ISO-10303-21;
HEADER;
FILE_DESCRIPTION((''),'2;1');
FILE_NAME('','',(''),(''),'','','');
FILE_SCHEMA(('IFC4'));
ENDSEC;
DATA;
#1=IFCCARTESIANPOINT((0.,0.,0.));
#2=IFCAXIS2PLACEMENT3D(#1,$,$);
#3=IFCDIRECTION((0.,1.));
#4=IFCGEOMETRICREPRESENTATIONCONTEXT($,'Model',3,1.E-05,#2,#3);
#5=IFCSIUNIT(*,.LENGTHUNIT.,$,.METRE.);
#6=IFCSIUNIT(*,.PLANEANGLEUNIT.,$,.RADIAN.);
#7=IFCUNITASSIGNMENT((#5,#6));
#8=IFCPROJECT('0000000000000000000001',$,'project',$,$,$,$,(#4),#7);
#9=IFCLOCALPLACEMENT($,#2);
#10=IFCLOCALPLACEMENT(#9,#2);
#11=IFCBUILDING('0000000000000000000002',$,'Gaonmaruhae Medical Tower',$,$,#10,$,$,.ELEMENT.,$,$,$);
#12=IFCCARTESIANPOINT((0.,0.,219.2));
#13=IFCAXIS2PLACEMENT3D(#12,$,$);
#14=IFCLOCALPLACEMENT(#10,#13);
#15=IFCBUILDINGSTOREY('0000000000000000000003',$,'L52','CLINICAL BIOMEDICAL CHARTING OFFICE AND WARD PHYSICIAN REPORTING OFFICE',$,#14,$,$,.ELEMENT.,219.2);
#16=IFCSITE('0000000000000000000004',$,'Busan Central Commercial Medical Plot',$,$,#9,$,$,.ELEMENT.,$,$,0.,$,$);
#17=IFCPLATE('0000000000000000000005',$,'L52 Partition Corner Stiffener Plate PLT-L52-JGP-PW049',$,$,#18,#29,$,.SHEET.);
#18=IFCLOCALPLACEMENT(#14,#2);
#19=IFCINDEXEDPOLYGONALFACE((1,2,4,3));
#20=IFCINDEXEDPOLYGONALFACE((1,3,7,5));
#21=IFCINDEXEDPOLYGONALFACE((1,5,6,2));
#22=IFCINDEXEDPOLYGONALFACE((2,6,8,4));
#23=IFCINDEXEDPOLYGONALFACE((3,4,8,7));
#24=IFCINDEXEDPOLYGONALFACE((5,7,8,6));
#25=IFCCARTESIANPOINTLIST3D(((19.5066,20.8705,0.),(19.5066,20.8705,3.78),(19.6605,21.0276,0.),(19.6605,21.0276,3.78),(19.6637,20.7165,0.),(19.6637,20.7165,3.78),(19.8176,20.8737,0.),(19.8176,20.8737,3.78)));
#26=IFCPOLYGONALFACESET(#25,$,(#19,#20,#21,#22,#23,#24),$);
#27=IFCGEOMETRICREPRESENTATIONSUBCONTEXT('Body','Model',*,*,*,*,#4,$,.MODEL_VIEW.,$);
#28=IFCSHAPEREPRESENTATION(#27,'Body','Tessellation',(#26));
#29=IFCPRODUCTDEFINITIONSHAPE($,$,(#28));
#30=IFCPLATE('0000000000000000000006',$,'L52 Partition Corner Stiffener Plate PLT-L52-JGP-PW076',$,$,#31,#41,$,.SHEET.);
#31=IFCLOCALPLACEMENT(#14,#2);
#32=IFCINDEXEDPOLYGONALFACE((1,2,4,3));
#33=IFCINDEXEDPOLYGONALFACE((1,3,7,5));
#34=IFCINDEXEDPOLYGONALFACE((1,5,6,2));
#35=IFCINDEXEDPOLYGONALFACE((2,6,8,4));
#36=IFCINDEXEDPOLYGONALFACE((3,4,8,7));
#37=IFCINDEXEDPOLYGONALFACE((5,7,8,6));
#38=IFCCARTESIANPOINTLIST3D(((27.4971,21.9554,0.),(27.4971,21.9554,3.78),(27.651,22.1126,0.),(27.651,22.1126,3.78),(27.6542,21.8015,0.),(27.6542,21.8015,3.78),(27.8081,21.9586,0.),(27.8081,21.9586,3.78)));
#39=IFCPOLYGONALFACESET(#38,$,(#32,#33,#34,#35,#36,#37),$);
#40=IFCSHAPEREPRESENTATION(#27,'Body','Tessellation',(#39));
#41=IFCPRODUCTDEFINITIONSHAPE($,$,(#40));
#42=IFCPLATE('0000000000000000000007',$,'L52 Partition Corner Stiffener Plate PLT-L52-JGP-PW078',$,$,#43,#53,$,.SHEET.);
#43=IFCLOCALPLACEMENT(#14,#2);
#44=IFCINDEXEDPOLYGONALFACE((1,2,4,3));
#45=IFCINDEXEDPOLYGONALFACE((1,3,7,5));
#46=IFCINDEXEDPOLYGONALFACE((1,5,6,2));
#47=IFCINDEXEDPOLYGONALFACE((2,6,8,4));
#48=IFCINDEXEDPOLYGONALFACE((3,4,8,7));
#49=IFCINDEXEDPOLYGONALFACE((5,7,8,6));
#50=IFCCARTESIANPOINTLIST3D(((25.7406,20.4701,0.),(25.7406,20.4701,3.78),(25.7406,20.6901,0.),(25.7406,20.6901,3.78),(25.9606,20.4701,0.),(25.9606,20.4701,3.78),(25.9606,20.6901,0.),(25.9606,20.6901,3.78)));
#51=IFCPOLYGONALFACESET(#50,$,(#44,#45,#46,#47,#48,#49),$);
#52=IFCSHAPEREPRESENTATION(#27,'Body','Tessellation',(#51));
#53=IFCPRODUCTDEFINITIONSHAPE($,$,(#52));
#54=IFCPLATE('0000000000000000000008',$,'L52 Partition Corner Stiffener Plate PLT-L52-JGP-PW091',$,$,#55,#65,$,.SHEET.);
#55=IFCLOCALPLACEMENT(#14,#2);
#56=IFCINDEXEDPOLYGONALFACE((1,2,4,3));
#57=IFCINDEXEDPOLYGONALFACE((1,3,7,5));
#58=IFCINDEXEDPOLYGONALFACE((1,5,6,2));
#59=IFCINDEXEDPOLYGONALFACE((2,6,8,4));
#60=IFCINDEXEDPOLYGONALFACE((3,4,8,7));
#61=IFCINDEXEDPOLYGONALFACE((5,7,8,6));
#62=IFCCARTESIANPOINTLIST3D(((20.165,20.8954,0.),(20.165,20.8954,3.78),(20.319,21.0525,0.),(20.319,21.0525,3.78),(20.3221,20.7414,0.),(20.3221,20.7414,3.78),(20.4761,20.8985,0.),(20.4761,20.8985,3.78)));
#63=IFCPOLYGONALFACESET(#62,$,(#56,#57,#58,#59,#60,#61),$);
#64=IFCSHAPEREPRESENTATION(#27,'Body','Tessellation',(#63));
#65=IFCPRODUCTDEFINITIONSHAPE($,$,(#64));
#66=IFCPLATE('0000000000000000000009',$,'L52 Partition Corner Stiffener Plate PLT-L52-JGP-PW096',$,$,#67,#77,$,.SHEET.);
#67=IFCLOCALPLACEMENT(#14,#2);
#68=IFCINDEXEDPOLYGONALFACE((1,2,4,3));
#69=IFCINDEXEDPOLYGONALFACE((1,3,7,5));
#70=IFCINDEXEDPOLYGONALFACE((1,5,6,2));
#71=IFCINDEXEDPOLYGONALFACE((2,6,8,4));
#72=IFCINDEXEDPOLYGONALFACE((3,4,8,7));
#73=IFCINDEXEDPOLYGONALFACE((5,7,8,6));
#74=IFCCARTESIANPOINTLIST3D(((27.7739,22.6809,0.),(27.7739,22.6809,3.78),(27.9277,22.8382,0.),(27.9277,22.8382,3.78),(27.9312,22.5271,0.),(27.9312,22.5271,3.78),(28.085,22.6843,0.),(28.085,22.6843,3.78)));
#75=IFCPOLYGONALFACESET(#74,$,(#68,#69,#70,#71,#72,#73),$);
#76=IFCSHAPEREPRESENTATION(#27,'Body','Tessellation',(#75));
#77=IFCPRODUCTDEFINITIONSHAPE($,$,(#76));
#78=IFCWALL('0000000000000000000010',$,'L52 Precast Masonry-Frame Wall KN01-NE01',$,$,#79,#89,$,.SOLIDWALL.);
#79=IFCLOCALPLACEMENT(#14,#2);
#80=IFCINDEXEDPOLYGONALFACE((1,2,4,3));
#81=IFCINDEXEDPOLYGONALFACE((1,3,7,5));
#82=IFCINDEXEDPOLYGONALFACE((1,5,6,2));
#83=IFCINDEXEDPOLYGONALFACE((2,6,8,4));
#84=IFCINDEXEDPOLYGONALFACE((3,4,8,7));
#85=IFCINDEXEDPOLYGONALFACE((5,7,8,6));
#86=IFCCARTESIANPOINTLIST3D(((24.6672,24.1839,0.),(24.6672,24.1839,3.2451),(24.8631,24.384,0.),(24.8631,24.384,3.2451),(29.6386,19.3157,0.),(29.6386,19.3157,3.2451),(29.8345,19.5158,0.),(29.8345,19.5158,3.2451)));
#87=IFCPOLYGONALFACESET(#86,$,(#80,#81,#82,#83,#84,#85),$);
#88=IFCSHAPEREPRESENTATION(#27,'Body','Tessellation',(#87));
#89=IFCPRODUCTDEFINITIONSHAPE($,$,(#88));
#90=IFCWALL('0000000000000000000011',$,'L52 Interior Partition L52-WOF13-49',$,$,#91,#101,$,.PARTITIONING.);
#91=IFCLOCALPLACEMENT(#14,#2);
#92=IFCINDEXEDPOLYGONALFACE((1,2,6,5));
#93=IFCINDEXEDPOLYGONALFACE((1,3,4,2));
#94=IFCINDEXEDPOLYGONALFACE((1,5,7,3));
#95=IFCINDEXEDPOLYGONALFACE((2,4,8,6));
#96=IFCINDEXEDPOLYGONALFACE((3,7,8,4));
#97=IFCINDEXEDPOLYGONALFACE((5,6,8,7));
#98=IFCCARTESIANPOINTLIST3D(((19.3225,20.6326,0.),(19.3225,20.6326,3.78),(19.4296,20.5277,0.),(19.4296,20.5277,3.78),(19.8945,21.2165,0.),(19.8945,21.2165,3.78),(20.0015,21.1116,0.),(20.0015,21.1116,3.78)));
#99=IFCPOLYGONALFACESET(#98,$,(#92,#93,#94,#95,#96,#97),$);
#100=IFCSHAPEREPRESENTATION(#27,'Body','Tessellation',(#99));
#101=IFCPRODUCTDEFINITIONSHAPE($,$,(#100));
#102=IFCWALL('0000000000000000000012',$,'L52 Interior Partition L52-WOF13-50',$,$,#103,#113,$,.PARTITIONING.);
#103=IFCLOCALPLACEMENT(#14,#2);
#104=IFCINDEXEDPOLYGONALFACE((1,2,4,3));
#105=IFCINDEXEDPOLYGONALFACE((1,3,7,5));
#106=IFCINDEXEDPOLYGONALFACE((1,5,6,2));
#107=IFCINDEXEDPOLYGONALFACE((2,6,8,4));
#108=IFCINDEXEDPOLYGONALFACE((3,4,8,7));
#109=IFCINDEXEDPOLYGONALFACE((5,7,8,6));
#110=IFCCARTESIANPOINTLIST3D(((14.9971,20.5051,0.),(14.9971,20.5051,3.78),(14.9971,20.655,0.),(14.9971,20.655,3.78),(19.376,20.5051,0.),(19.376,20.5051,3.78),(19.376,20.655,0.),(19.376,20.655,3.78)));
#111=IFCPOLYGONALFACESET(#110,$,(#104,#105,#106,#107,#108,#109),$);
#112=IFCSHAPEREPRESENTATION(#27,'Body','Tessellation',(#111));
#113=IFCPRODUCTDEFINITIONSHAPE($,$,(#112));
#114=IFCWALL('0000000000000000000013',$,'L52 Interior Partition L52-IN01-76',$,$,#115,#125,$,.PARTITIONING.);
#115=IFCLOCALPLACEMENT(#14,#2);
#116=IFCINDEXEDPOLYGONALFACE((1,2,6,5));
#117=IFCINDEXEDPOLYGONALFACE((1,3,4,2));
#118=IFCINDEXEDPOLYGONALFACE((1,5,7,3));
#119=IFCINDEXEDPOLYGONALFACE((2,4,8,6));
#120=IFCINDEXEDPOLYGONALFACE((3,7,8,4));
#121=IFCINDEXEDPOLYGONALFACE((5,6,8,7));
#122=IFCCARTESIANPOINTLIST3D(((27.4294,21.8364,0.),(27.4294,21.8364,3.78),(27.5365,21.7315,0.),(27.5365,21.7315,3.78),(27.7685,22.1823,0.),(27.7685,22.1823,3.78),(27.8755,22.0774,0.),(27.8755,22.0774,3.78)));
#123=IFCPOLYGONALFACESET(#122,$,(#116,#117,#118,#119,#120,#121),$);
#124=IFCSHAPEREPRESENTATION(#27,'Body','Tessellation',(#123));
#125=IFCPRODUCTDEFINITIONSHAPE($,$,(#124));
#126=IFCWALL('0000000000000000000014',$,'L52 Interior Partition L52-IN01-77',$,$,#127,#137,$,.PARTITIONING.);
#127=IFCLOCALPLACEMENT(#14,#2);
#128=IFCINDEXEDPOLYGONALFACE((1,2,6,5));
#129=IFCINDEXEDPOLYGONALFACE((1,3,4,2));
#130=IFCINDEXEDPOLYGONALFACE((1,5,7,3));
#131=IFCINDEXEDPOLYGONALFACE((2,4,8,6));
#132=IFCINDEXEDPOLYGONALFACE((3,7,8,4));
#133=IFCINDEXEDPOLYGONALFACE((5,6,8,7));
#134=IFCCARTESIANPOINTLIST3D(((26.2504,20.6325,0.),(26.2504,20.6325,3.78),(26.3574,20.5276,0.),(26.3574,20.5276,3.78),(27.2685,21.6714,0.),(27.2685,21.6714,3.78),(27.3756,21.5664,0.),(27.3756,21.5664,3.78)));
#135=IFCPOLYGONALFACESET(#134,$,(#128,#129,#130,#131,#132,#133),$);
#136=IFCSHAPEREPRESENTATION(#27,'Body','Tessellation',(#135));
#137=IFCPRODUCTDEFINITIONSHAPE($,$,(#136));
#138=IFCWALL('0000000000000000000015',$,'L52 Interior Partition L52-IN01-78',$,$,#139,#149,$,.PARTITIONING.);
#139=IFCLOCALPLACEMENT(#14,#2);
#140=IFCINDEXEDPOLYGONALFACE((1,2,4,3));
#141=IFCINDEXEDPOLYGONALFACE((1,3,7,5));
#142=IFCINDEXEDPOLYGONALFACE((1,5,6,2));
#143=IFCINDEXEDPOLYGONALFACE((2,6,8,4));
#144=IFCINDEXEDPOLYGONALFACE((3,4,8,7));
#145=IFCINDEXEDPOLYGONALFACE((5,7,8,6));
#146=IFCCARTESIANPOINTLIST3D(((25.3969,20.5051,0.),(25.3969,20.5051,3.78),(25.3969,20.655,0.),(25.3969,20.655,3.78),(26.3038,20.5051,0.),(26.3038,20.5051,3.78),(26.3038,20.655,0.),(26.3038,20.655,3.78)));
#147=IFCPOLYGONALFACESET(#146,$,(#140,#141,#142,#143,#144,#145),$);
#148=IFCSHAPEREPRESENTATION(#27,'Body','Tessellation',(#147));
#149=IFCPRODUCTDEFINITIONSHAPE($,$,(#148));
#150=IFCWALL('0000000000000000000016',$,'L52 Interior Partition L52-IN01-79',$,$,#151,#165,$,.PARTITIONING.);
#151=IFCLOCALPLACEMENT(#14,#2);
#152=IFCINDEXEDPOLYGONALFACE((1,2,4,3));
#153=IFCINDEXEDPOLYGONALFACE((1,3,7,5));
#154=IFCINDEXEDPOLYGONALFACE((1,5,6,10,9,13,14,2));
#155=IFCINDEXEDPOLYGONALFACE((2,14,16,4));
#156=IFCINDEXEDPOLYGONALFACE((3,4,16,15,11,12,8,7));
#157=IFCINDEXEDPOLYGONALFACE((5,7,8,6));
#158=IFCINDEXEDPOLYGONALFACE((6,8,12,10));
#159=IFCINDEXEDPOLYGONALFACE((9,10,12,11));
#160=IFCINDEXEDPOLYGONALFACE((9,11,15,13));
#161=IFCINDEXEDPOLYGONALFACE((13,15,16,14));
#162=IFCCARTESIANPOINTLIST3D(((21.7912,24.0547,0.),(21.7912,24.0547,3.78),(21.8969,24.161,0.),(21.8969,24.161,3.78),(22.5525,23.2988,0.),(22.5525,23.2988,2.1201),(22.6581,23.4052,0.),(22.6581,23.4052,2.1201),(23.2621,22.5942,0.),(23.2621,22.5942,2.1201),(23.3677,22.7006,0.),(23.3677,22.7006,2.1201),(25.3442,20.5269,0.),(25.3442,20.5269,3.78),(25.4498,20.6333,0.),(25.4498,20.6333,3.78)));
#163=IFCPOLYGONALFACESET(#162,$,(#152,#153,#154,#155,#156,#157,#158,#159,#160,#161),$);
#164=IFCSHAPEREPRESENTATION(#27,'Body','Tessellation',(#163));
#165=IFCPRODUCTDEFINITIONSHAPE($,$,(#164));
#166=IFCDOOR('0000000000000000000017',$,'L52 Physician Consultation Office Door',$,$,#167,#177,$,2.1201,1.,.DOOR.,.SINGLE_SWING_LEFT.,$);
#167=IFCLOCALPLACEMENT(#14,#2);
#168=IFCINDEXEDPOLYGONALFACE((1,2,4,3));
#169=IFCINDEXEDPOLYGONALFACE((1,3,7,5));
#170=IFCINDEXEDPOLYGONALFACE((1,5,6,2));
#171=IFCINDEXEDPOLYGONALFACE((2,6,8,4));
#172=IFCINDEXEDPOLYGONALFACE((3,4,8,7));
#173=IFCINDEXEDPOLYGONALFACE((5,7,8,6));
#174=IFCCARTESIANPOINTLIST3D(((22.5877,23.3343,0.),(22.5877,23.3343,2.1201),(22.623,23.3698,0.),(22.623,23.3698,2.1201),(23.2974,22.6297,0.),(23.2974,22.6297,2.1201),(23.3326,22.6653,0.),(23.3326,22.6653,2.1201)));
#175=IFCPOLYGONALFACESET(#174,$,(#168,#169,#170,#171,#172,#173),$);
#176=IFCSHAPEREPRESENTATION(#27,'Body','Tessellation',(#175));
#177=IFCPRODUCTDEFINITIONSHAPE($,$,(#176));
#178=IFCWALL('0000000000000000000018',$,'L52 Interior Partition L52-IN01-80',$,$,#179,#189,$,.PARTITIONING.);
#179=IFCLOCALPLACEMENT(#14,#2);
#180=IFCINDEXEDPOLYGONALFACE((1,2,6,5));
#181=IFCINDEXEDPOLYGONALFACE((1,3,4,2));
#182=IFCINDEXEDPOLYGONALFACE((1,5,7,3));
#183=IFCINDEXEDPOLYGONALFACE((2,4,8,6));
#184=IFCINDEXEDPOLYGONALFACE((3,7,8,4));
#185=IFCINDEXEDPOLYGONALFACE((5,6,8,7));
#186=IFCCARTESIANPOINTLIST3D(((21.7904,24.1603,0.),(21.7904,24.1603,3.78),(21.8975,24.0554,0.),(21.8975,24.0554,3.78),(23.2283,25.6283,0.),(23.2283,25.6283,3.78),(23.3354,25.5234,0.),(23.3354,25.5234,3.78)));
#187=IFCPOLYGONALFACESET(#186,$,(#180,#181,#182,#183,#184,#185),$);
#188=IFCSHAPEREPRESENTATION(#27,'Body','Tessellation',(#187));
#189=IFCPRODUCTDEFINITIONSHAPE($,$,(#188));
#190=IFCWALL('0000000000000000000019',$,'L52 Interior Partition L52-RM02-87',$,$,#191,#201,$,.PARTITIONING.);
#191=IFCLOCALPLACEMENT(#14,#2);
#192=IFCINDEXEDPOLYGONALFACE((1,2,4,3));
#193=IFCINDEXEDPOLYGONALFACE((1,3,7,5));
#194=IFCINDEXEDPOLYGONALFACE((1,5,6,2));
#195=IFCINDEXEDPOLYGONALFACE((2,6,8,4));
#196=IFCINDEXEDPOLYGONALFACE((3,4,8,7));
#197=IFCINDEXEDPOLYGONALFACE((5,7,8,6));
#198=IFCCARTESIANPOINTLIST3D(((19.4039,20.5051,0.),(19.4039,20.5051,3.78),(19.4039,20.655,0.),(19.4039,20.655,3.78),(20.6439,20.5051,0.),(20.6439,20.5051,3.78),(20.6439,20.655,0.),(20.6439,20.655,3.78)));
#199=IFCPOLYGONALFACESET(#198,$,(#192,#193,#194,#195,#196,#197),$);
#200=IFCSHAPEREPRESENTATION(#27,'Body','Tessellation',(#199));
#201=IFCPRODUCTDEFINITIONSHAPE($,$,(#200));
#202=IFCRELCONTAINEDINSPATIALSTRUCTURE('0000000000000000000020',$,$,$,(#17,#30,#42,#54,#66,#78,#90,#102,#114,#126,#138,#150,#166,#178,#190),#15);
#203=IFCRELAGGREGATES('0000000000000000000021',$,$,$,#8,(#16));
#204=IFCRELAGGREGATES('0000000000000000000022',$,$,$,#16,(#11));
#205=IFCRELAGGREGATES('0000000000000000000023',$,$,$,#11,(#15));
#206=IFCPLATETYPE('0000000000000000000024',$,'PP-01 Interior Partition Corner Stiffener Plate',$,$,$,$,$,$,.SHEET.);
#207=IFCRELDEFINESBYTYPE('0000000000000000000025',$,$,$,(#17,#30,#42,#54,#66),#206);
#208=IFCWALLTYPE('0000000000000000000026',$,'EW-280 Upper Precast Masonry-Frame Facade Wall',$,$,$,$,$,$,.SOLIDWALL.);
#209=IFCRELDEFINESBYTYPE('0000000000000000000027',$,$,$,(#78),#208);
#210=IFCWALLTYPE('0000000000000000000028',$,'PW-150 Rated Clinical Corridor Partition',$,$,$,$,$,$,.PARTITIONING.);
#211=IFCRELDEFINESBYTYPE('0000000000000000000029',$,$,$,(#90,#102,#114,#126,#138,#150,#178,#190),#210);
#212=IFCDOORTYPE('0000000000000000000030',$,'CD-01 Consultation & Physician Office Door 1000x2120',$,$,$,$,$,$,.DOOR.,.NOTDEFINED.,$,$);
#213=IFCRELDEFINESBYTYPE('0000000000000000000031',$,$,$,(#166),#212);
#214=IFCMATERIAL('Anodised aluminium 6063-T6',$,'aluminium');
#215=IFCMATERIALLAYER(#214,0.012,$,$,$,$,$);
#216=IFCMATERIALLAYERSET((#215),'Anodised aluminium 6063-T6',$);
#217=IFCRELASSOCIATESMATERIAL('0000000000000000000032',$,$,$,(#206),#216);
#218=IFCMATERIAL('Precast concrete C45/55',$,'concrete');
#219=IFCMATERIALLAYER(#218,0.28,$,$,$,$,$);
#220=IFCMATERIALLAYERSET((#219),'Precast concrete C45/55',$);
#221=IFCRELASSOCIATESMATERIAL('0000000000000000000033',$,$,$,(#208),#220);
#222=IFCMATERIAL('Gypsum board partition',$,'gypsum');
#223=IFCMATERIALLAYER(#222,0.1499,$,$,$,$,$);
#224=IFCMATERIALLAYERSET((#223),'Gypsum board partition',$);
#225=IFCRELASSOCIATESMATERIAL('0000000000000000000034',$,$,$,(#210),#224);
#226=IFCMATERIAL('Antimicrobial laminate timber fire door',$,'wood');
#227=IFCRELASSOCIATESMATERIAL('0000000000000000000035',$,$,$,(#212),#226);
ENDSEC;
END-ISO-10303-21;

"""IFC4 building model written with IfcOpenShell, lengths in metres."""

from ifc_helpers import new_model, si_unit, direction, frame, frame_2d, origin, origin_2d, place, context, subcontext, project, spatial, rectangle, extrude, material, layer, layer_set, type_object, element, fill, save


model = new_model("IFC4")

# Units and contexts
model_context = context("Model", 3, precision=1e-05, world=origin(), true_north=direction((0.0, 1.0)))
body_context = subcontext(model_context, "Body", "Model", "MODEL_VIEW")
ifc_project = project(units=[si_unit("LENGTHUNIT", "METRE"), si_unit("PLANEANGLEUNIT", "RADIAN")], contexts=[model_context])

# Site, building, storey
site_placement = place(None, origin())
site = spatial("IfcSite", under=ifc_project, at=site_placement, Name="Busan Central Commercial Medical Plot", CompositionType="ELEMENT", RefElevation=0.0)
building_placement = place(site_placement, origin())
building = spatial("IfcBuilding", under=site, at=building_placement, Name="Gaonmaruhae Medical Tower", CompositionType="ELEMENT")
storey_placement = place(building_placement, frame((0.0, 0.0, 219.2)))
storey = spatial("IfcBuildingStorey", under=building, at=storey_placement, Name="L52", Description="CLINICAL BIOMEDICAL CHARTING OFFICE AND WARD PHYSICIAN REPORTING OFFICE", CompositionType="ELEMENT", Elevation=219.2)

# Plates
ifc_material_1 = material(Name="Anodised aluminium 6063-T6", Category="aluminium")
ifc_layer_1 = layer(ifc_material_1, 0.012)
ifc_layer_set_1 = layer_set([ifc_layer_1], Name="Anodised aluminium 6063-T6")
plate_type = type_object("IfcPlateType", Name="PP-01 Interior Partition Corner Stiffener Plate", PredefinedType="SHEET", material=ifc_layer_set_1)
for number, where, z_axis, x_axis, name in (
    (1, (19.6621, 20.8721, 0.0), (0.0, 0.0, 1.0), (-0.699726, -0.714412, 0.0), "L52 Partition Corner Stiffener Plate PLT-L52-JGP-PW049"),
    (2, (27.6526, 21.957, 0.0), (0.0, 0.0, 1.0), (-0.69985, -0.714289, 0.0), "L52 Partition Corner Stiffener Plate PLT-L52-JGP-PW076"),
    (3, (25.8506, 20.5801, 0.0), (0.0, 0.0, 1.0), (-1.0, 0.0, 0.0), "L52 Partition Corner Stiffener Plate PLT-L52-JGP-PW078"),
    (4, (20.3206, 20.897, 0.0), (0.0, 0.0, 1.0), (0.714241, -0.6999, 0.0), "L52 Partition Corner Stiffener Plate PLT-L52-JGP-PW091"),
    (5, (27.9294, 22.6826, 0.0), (0.0, 0.0, 1.0), (-0.699277, -0.714851, 0.0), "L52 Partition Corner Stiffener Plate PLT-L52-JGP-PW096"),
):
    element("IfcPlate", number, at=place(storey_placement, frame(where, z_axis=z_axis, x_axis=x_axis)), inside=storey, type_object=plate_type, Name=name, PredefinedType="SHEET", context=body_context, shape_type="SweptSolid", body=[
        extrude(rectangle(XDim=0.22, YDim=0.22, at=origin_2d()), origin(), (0.0, 0.0, 1.0), 3.78),
    ])

# Walls
ifc_material_2 = material(Name="Precast concrete C45/55", Category="concrete")
ifc_layer_2 = layer(ifc_material_2, 0.28)
ifc_layer_set_2 = layer_set([ifc_layer_2], Name="Precast concrete C45/55")
wall_type_1 = type_object("IfcWallType", Name="EW-280 Upper Precast Masonry-Frame Facade Wall", PredefinedType="SOLIDWALL", material=ifc_layer_set_2)
wall_1_placement = place(storey_placement, frame((24.7651, 24.2839, 0.0), z_axis=(0.0, 0.0, 1.0), x_axis=(0.714489, -0.699647, 0.0)))
element("IfcWall", 6, at=wall_1_placement, inside=storey, type_object=wall_type_1, Name="L52 Precast Masonry-Frame Wall KN01-NE01", PredefinedType="SOLIDWALL", context=body_context, shape_type="SweptSolid", body=[
    extrude(rectangle(XDim=6.958, YDim=0.28, at=frame_2d((3.479, 0.0))), origin(), (0.0, 0.0, 1.0), 3.2451),
])
ifc_material_3 = material(Name="Gypsum board partition", Category="gypsum")
ifc_layer_3 = layer(ifc_material_3, 0.1499)
ifc_layer_set_3 = layer_set([ifc_layer_3], Name="Gypsum board partition")
wall_type_2 = type_object("IfcWallType", Name="PW-150 Rated Clinical Corridor Partition", PredefinedType="PARTITIONING", material=ifc_layer_set_3)
wall_2_placement = place(storey_placement, frame((19.948, 21.1641, 0.0), z_axis=(0.0, 0.0, 1.0), x_axis=(-0.699752, -0.714386, 0.0)))
element("IfcWall", 7, at=wall_2_placement, inside=storey, type_object=wall_type_2, Name="L52 Interior Partition L52-WOF13-49", PredefinedType="PARTITIONING", context=body_context, shape_type="SweptSolid", body=[
    extrude(rectangle(XDim=0.8174, YDim=0.1499, at=frame_2d((0.4087, 0.0))), origin(), (0.0, 0.0, 1.0), 3.78),
])
wall_3_placement = place(storey_placement, frame((19.376, 20.5801, 0.0), z_axis=(0.0, 0.0, 1.0), x_axis=(-1.0, 0.0, 0.0)))
element("IfcWall", 8, at=wall_3_placement, inside=storey, type_object=wall_type_2, Name="L52 Interior Partition L52-WOF13-50", PredefinedType="PARTITIONING", context=body_context, shape_type="SweptSolid", body=[
    extrude(rectangle(XDim=4.3789, YDim=0.1499, at=frame_2d((2.1895, 0.0))), origin(), (0.0, 0.0, 1.0), 3.78),
])
wall_4_placement = place(storey_placement, frame((27.822, 22.1299, 0.0), z_axis=(0.0, 0.0, 1.0), x_axis=(-0.700016, -0.714127, 0.0)))
element("IfcWall", 9, at=wall_4_placement, inside=storey, type_object=wall_type_2, Name="L52 Interior Partition L52-IN01-76", PredefinedType="PARTITIONING", context=body_context, shape_type="SweptSolid", body=[
    extrude(rectangle(XDim=0.4844, YDim=0.1499, at=frame_2d((0.2422, 0.0))), origin(), (0.0, 0.0, 1.0), 3.78),
])
wall_5_placement = place(storey_placement, frame((27.322, 21.6189, 0.0), z_axis=(0.0, 0.0, 1.0), x_axis=(-0.699937, -0.714204, 0.0)))
element("IfcWall", 10, at=wall_5_placement, inside=storey, type_object=wall_type_2, Name="L52 Interior Partition L52-IN01-77", PredefinedType="PARTITIONING", context=body_context, shape_type="SweptSolid", body=[
    extrude(rectangle(XDim=1.4546, YDim=0.1499, at=frame_2d((0.7273, 0.0))), origin(), (0.0, 0.0, 1.0), 3.78),
])
wall_6_placement = place(storey_placement, frame((26.304, 20.5801, 0.0), z_axis=(0.0, 0.0, 1.0), x_axis=(-1.0, 0.0, 0.0)))
element("IfcWall", 11, at=wall_6_placement, inside=storey, type_object=wall_type_2, Name="L52 Interior Partition L52-IN01-78", PredefinedType="PARTITIONING", context=body_context, shape_type="SweptSolid", body=[
    extrude(rectangle(XDim=0.907, YDim=0.1499, at=frame_2d((0.4536, 0.0))), origin(), (0.0, 0.0, 1.0), 3.78),
])

# Wall, opening, door
wall_7_placement = place(storey_placement, frame((25.397, 20.5801, 0.0), z_axis=(0.0, 0.0, 1.0), x_axis=(-0.709613, 0.704591, 0.0)))
wall_7 = element("IfcWall", 12, at=wall_7_placement, inside=storey, type_object=wall_type_2, Name="L52 Interior Partition L52-IN01-79", PredefinedType="PARTITIONING", context=body_context, shape_type="SweptSolid", body=[
    extrude(rectangle(XDim=5.0068, YDim=0.1499, at=frame_2d((2.5034, 0.0))), origin(), (0.0, 0.0, 1.0), 3.78),
])
opening_placement = place(wall_7_placement, frame((2.9341, 0.0, 0.0)))
opening = element("IfcOpeningElement", 13, at=opening_placement, cuts=wall_7, PredefinedType="OPENING", context=body_context, shape_type="SweptSolid", body=[
    extrude(rectangle(XDim=1.0, YDim=2.1201, at=frame_2d((0.5, 1.0601))), frame((0.0, 0.085, 0.0), z_axis=(0.0, -1.0, 0.0), x_axis=(1.0, 0.0, 0.0)), (0.0, 0.0, 1.0), 0.1699),
])
ifc_material_4 = material(Name="Antimicrobial laminate timber fire door", Category="wood")
door_type = type_object("IfcDoorType", Name="CD-01 Consultation & Physician Office Door 1000x2120", OperationType="NOTDEFINED", PredefinedType="DOOR", material=ifc_material_4)
door_placement = place(opening_placement, origin())
door = element("IfcDoor", 14, at=door_placement, inside=storey, type_object=door_type, Name="L52 Physician Consultation Office Door", OperationType="SINGLE_SWING_LEFT", OverallHeight=2.1201, OverallWidth=1.0, PredefinedType="DOOR", context=body_context, shape_type="SweptSolid", body=[
    extrude(rectangle(XDim=1.0, YDim=2.1201, at=frame_2d((0.5, 1.0601))), frame((0.0, 0.0249, 0.0), z_axis=(0.0, -1.0, 0.0), x_axis=(1.0, 0.0, 0.0)), (0.0, 0.0, 1.0), 0.05),
])
fill(opening, door)

# Walls
wall_8_placement = place(storey_placement, frame((21.844, 24.1079, 0.0), z_axis=(0.0, 0.0, 1.0), x_axis=(0.699763, 0.714376, 0.0)))
element("IfcWall", 15, at=wall_8_placement, inside=storey, type_object=wall_type_2, Name="L52 Interior Partition L52-IN01-80", PredefinedType="PARTITIONING", context=body_context, shape_type="SweptSolid", body=[
    extrude(rectangle(XDim=2.0549, YDim=0.1499, at=frame_2d((1.0273, 0.0))), origin(), (0.0, 0.0, 1.0), 3.78),
])
wall_9_placement = place(storey_placement, frame((20.644, 20.5801, 0.0), z_axis=(0.0, 0.0, 1.0), x_axis=(-1.0, 0.0, 0.0)))
element("IfcWall", 16, at=wall_9_placement, inside=storey, type_object=wall_type_2, Name="L52 Interior Partition L52-RM02-87", PredefinedType="PARTITIONING", context=body_context, shape_type="SweptSolid", body=[
    extrude(rectangle(XDim=1.24, YDim=0.1499, at=frame_2d((0.6201, 0.0))), origin(), (0.0, 0.0, 1.0), 3.78),
])

save(model, "model.ifc")
